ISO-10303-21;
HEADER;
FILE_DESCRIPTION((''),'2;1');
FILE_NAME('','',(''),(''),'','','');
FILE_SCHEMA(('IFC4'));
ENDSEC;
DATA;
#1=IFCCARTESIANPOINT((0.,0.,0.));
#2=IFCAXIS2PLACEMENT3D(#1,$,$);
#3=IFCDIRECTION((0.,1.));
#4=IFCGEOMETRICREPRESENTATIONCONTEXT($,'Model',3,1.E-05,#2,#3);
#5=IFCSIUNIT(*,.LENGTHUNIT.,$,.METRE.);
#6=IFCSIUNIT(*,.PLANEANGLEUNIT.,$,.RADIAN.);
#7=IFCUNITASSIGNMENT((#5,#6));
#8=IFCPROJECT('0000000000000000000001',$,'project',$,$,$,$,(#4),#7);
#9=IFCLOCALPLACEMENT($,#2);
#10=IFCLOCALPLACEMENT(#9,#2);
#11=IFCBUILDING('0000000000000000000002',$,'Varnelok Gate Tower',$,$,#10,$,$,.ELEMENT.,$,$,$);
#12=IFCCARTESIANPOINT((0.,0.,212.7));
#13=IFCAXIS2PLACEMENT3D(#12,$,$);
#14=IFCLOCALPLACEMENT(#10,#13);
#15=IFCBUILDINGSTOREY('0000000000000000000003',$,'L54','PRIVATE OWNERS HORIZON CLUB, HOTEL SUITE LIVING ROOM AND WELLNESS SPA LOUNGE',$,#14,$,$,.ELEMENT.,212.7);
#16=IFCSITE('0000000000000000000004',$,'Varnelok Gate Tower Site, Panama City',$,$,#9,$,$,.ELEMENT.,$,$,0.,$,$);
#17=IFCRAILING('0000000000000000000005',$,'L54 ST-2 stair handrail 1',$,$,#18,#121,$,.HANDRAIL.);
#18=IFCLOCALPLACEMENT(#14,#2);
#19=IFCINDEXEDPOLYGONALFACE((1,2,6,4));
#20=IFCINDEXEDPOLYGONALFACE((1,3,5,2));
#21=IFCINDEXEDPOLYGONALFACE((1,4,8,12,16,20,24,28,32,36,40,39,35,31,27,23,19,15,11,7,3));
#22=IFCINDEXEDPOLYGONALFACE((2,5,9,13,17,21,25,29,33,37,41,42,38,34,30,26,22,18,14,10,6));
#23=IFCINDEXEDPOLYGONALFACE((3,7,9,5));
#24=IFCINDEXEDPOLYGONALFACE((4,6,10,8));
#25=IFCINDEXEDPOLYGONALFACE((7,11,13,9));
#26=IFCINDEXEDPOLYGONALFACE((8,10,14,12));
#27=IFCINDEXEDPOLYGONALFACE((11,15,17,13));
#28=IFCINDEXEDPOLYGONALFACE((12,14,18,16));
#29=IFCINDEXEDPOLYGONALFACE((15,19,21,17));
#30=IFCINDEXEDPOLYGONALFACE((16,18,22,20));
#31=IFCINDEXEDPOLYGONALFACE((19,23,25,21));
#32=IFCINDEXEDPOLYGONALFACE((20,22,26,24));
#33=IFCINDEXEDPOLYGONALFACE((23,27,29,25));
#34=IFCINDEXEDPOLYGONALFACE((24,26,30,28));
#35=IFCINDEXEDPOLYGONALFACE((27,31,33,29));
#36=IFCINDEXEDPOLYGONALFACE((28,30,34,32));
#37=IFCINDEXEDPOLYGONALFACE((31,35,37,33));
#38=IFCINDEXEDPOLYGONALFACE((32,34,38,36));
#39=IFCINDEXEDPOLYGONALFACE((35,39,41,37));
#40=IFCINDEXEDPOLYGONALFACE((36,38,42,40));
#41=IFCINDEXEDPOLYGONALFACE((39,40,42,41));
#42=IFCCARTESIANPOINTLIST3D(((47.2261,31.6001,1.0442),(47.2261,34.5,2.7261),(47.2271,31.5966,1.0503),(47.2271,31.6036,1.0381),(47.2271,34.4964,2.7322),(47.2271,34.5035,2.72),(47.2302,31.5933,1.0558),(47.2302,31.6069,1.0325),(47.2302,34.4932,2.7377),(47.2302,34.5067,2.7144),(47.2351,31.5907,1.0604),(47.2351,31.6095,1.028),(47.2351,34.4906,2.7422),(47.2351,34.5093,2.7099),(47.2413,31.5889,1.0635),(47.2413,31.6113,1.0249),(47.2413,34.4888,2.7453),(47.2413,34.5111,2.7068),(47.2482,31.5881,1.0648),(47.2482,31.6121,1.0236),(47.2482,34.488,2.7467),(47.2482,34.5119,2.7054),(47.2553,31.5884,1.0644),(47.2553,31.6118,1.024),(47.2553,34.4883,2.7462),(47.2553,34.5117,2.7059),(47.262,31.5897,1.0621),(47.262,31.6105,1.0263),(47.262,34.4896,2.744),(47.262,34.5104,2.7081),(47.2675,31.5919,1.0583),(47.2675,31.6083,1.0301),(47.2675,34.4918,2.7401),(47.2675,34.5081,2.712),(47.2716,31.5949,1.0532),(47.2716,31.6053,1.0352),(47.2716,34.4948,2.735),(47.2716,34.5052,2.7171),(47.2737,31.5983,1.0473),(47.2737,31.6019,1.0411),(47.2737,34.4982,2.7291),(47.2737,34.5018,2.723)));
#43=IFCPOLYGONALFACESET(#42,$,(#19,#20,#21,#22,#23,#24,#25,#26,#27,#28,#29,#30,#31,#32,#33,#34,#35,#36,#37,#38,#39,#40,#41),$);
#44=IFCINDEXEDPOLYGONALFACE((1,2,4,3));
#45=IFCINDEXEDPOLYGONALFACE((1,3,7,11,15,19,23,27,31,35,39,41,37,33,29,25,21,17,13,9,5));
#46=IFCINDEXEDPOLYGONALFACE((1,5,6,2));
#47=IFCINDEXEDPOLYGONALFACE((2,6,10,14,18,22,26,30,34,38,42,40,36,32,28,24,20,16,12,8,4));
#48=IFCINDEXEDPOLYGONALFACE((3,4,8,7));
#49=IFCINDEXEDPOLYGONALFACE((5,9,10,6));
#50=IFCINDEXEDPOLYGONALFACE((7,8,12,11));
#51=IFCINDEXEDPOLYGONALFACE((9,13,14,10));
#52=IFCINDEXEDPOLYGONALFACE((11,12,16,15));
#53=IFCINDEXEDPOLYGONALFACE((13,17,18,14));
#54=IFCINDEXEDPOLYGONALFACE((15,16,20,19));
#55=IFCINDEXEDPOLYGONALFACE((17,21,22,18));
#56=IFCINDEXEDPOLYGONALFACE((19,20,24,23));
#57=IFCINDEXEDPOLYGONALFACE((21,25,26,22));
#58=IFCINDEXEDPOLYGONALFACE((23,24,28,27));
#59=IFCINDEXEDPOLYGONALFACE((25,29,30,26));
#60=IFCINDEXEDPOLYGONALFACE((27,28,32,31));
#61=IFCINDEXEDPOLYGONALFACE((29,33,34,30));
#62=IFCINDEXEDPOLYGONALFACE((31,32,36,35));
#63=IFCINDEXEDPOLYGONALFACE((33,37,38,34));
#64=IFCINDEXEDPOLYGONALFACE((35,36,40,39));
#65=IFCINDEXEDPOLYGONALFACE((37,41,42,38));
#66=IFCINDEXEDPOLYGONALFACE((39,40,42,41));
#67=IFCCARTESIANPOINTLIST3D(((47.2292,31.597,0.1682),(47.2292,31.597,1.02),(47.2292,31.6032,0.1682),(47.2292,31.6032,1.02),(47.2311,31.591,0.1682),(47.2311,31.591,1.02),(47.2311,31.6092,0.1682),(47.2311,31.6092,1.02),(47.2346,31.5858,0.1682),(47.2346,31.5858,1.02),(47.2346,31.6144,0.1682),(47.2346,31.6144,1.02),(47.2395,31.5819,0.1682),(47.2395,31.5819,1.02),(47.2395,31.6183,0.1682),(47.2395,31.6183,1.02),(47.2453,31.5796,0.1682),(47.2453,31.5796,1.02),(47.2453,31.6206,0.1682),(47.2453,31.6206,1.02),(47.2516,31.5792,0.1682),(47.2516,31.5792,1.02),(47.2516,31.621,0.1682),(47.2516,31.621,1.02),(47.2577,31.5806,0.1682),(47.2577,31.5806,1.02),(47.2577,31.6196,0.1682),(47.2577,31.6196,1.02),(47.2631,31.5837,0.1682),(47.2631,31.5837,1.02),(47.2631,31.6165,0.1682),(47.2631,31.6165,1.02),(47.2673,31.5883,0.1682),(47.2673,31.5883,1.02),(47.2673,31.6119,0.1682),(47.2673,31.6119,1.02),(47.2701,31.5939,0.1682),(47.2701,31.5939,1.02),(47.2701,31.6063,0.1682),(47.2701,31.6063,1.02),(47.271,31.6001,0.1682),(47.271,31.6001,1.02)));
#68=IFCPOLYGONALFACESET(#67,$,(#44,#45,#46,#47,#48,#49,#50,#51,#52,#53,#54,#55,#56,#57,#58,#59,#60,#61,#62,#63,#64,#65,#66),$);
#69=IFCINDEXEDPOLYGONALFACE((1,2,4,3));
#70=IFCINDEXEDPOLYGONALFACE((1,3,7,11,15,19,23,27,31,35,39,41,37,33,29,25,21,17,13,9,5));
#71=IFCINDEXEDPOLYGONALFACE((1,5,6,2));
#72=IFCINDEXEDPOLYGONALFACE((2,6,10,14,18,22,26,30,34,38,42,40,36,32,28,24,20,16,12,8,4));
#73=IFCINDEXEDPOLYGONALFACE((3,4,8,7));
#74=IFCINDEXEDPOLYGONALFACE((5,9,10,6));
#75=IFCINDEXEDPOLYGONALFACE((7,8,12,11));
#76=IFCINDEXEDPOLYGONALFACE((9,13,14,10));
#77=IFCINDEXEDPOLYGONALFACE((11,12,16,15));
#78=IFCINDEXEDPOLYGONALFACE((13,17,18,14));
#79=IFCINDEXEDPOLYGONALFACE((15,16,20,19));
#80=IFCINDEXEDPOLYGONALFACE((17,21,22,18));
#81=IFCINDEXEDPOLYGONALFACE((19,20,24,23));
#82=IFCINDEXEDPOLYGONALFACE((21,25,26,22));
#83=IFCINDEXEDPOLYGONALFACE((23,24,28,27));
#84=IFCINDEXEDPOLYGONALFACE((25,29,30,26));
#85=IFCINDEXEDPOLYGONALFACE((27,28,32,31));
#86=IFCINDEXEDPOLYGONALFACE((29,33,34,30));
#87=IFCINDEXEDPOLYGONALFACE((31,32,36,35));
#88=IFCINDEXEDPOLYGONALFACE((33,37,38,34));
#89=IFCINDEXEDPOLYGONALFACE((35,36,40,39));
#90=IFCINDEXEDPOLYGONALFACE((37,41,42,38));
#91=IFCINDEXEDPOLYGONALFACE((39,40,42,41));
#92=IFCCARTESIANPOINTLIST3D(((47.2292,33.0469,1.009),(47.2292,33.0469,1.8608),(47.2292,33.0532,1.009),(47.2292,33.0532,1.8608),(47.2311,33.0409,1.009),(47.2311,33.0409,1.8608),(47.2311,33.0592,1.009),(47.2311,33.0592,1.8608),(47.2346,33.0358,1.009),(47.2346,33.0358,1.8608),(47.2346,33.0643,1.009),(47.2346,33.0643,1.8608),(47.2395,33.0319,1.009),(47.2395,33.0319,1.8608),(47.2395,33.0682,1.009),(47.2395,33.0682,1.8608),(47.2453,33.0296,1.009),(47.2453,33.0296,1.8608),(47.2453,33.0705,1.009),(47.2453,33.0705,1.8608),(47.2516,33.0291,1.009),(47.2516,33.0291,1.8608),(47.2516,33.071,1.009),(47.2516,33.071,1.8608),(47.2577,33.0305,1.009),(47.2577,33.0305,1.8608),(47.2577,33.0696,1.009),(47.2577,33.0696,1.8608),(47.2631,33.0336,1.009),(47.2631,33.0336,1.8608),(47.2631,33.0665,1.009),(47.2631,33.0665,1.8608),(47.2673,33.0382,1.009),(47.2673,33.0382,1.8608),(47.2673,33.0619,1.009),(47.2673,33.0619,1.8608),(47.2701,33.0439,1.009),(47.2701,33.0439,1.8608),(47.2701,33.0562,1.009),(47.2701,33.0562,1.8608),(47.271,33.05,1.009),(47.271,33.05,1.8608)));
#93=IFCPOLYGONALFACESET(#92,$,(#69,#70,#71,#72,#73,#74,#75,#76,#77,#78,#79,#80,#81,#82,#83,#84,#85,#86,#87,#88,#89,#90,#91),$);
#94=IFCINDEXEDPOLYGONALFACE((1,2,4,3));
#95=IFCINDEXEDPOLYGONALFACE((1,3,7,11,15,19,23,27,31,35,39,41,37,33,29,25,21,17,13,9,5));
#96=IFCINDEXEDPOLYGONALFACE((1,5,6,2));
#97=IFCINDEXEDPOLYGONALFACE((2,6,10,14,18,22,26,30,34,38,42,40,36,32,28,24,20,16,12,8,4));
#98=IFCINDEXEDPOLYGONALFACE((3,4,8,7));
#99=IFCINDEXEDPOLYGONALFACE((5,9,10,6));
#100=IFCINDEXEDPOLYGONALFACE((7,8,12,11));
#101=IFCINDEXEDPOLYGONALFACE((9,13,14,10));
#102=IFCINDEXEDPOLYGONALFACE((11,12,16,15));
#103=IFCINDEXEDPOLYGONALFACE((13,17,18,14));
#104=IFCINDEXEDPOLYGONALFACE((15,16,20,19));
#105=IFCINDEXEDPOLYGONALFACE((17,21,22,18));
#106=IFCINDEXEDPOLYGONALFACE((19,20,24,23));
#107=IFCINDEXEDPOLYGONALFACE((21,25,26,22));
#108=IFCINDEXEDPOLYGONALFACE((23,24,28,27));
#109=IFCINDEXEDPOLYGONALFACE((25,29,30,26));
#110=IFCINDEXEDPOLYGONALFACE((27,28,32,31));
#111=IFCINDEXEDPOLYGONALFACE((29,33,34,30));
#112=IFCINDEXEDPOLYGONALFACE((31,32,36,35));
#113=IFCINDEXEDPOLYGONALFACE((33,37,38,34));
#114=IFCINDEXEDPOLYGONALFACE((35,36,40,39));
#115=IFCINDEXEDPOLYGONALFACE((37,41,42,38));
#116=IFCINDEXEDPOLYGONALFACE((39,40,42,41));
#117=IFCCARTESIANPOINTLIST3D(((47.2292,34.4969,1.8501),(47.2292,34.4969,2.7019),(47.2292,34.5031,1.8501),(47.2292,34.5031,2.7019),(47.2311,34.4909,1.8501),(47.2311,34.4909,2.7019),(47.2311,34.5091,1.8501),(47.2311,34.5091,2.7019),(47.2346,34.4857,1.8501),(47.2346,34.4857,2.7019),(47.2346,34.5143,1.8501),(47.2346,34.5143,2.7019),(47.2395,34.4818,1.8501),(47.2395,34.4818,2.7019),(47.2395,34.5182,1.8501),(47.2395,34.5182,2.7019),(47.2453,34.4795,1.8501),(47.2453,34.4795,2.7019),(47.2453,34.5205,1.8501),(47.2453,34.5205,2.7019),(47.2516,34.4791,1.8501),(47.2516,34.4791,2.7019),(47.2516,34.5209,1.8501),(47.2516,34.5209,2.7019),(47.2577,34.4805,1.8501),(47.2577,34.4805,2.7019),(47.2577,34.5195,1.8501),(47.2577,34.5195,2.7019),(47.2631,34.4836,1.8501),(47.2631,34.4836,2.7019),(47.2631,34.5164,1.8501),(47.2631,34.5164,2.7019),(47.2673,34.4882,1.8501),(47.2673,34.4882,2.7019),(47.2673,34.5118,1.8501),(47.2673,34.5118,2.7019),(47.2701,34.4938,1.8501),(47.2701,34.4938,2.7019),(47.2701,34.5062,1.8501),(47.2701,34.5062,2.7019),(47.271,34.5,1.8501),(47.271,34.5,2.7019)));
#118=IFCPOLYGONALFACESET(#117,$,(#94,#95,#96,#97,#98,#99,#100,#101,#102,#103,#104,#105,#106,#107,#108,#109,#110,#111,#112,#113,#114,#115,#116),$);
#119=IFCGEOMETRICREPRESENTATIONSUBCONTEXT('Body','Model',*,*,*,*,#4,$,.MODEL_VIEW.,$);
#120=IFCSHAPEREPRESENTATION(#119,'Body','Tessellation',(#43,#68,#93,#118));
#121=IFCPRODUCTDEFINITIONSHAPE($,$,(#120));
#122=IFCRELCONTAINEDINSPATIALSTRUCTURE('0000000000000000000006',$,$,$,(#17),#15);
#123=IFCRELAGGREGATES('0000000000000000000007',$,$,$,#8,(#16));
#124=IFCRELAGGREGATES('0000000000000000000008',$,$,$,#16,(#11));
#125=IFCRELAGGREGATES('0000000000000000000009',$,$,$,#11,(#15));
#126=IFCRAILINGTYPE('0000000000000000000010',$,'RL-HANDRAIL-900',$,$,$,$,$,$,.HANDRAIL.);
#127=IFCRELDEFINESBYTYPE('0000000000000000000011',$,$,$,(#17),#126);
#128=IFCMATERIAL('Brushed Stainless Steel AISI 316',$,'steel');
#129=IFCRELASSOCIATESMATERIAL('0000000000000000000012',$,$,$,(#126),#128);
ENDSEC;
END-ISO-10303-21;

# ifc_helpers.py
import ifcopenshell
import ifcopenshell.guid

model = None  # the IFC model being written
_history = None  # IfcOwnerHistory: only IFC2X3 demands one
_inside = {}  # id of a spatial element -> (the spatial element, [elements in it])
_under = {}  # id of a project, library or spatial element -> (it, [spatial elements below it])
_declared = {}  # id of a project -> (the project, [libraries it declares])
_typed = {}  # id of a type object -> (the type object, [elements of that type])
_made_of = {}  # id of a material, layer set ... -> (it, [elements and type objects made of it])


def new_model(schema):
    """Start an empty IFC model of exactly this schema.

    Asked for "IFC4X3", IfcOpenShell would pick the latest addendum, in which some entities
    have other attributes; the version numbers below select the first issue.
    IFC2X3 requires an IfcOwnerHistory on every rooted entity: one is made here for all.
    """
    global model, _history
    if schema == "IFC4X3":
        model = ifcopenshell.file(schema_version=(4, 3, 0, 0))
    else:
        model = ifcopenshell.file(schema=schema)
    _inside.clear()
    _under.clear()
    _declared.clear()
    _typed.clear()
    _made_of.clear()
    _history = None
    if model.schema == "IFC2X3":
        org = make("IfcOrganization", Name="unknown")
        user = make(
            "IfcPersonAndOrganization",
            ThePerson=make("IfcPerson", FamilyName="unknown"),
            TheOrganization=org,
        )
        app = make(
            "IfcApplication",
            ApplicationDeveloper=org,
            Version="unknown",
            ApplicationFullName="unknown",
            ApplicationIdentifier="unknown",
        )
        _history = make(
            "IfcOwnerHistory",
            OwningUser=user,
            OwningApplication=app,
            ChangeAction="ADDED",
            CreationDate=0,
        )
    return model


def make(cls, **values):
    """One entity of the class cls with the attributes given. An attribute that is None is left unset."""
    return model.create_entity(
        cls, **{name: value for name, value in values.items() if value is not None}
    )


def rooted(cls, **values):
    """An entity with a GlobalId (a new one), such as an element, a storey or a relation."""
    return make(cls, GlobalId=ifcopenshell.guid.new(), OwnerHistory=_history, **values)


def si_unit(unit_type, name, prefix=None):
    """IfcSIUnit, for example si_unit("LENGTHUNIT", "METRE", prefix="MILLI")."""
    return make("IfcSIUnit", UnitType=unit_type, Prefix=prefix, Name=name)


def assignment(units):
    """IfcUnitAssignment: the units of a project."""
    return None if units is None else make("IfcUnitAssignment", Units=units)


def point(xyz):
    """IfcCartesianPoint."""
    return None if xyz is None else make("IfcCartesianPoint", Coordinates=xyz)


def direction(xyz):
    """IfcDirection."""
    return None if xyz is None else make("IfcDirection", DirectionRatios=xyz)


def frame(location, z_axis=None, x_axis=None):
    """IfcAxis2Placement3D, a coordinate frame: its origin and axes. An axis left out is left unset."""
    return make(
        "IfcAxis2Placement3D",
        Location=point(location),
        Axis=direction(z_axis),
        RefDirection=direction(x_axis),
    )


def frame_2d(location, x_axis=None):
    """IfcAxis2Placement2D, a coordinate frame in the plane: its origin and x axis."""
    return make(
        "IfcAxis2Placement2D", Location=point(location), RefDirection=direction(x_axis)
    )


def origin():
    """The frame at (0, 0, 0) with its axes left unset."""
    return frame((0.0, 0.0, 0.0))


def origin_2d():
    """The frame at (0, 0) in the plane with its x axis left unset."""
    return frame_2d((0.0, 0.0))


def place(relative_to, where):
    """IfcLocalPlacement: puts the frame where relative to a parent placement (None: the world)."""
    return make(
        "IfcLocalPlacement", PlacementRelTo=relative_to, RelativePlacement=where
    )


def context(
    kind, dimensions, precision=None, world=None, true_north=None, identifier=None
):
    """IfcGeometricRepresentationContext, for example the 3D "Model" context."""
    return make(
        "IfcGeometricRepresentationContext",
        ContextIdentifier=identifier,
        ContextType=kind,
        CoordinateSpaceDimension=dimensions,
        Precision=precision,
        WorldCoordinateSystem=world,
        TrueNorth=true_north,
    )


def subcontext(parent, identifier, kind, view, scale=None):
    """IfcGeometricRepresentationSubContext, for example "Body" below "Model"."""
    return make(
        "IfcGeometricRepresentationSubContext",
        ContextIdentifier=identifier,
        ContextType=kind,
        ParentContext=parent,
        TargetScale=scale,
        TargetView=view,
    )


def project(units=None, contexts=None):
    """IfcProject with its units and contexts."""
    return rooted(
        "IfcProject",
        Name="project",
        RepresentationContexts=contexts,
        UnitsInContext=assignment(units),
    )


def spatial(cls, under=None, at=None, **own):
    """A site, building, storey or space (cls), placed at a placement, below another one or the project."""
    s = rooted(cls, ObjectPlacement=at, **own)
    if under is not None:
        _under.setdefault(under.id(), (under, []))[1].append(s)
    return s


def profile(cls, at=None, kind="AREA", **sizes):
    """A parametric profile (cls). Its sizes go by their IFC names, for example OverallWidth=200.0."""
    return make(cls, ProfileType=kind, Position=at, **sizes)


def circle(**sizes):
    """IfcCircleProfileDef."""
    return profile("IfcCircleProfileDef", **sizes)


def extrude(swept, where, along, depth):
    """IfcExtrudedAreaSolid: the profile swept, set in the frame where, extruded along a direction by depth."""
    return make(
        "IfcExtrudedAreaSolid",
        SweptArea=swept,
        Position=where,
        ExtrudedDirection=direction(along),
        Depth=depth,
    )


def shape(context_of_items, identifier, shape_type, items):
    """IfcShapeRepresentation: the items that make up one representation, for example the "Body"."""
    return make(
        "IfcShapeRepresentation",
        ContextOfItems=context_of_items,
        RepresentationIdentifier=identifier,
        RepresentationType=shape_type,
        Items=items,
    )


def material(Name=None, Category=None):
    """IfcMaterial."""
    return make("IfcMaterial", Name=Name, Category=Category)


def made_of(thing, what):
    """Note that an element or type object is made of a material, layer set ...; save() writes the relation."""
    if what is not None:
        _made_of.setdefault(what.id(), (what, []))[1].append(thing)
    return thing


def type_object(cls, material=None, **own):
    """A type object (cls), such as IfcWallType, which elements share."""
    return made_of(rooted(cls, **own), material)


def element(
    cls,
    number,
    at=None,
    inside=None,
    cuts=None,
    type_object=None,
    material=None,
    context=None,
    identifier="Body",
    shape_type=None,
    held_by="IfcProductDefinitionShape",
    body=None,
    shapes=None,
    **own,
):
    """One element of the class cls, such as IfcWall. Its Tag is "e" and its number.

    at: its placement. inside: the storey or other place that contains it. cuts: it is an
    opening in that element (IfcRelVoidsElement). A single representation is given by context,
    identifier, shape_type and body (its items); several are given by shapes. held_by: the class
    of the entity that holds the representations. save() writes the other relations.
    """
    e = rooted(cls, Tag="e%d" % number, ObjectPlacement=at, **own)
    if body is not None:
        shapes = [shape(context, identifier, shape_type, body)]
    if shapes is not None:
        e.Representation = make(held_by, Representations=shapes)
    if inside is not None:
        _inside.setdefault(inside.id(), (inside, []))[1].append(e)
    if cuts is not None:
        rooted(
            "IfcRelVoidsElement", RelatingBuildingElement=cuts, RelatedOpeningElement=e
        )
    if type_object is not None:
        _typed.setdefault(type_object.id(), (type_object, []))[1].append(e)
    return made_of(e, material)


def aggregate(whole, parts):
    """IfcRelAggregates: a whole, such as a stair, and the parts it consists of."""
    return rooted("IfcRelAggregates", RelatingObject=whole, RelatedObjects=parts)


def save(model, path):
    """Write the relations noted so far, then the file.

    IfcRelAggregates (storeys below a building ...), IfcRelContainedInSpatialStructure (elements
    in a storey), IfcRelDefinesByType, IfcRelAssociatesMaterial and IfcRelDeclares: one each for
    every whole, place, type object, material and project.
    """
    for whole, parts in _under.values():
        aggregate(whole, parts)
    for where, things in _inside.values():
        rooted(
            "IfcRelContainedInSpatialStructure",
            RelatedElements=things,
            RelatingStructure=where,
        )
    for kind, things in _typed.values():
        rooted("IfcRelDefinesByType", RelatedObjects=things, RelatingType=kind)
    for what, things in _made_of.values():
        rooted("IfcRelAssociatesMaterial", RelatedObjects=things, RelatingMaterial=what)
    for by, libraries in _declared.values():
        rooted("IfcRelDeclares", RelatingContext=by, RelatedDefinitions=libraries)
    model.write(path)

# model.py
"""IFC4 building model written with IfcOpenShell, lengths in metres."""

from ifc_helpers import new_model, si_unit, direction, frame, origin, origin_2d, place, context, subcontext, project, spatial, circle, extrude, material, type_object, element, save


model = new_model("IFC4")

# Units and contexts
model_context = context("Model", 3, precision=1e-05, world=origin(), true_north=direction((0.0, 1.0)))
body_context = subcontext(model_context, "Body", "Model", "MODEL_VIEW")
ifc_project = project(units=[si_unit("LENGTHUNIT", "METRE"), si_unit("PLANEANGLEUNIT", "RADIAN")], contexts=[model_context])

# Site, building, storey
site_placement = place(None, origin())
site = spatial("IfcSite", under=ifc_project, at=site_placement, Name="Varnelok Gate Tower Site, Panama City", CompositionType="ELEMENT", RefElevation=0.0)
building_placement = place(site_placement, origin())
building = spatial("IfcBuilding", under=site, at=building_placement, Name="Varnelok Gate Tower", CompositionType="ELEMENT")
storey_placement = place(building_placement, frame((0.0, 0.0, 212.7)))
storey = spatial("IfcBuildingStorey", under=building, at=storey_placement, Name="L54", Description="PRIVATE OWNERS HORIZON CLUB, HOTEL SUITE LIVING ROOM AND WELLNESS SPA LOUNGE", CompositionType="ELEMENT", Elevation=212.7)

# Railing
ifc_material_1 = material(Name="Brushed Stainless Steel AISI 316", Category="steel")
railing_type_1 = type_object("IfcRailingType", Name="RL-HANDRAIL-900", PredefinedType="HANDRAIL", material=ifc_material_1)
railing_1_placement = place(storey_placement, frame((47.25, 31.6001, 0.1682)))
element("IfcRailing", 1, at=railing_1_placement, inside=storey, type_object=railing_type_1, Name="L54 ST-2 stair handrail 1", PredefinedType="HANDRAIL", context=body_context, shape_type="SweptSolid", body=[
    extrude(circle(Radius=0.0239, at=origin_2d()), frame((0.0, 0.0, 0.876), z_axis=(0.0, 0.865039, 0.501705), x_axis=(-1.0, 0.0, 0.0)), (0.0, 0.0, 1.0), 3.3523),
    extrude(circle(Radius=0.021, at=origin_2d()), origin(), (0.0, 0.0, 1.0), 0.8518),
    extrude(circle(Radius=0.021, at=origin_2d()), frame((0.0, 1.45, 0.8408)), (0.0, 0.0, 1.0), 0.8518),
    extrude(circle(Radius=0.021, at=origin_2d()), frame((0.0, 2.8999, 1.6819)), (0.0, 0.0, 1.0), 0.8518),
])

save(model, "model.ifc")
